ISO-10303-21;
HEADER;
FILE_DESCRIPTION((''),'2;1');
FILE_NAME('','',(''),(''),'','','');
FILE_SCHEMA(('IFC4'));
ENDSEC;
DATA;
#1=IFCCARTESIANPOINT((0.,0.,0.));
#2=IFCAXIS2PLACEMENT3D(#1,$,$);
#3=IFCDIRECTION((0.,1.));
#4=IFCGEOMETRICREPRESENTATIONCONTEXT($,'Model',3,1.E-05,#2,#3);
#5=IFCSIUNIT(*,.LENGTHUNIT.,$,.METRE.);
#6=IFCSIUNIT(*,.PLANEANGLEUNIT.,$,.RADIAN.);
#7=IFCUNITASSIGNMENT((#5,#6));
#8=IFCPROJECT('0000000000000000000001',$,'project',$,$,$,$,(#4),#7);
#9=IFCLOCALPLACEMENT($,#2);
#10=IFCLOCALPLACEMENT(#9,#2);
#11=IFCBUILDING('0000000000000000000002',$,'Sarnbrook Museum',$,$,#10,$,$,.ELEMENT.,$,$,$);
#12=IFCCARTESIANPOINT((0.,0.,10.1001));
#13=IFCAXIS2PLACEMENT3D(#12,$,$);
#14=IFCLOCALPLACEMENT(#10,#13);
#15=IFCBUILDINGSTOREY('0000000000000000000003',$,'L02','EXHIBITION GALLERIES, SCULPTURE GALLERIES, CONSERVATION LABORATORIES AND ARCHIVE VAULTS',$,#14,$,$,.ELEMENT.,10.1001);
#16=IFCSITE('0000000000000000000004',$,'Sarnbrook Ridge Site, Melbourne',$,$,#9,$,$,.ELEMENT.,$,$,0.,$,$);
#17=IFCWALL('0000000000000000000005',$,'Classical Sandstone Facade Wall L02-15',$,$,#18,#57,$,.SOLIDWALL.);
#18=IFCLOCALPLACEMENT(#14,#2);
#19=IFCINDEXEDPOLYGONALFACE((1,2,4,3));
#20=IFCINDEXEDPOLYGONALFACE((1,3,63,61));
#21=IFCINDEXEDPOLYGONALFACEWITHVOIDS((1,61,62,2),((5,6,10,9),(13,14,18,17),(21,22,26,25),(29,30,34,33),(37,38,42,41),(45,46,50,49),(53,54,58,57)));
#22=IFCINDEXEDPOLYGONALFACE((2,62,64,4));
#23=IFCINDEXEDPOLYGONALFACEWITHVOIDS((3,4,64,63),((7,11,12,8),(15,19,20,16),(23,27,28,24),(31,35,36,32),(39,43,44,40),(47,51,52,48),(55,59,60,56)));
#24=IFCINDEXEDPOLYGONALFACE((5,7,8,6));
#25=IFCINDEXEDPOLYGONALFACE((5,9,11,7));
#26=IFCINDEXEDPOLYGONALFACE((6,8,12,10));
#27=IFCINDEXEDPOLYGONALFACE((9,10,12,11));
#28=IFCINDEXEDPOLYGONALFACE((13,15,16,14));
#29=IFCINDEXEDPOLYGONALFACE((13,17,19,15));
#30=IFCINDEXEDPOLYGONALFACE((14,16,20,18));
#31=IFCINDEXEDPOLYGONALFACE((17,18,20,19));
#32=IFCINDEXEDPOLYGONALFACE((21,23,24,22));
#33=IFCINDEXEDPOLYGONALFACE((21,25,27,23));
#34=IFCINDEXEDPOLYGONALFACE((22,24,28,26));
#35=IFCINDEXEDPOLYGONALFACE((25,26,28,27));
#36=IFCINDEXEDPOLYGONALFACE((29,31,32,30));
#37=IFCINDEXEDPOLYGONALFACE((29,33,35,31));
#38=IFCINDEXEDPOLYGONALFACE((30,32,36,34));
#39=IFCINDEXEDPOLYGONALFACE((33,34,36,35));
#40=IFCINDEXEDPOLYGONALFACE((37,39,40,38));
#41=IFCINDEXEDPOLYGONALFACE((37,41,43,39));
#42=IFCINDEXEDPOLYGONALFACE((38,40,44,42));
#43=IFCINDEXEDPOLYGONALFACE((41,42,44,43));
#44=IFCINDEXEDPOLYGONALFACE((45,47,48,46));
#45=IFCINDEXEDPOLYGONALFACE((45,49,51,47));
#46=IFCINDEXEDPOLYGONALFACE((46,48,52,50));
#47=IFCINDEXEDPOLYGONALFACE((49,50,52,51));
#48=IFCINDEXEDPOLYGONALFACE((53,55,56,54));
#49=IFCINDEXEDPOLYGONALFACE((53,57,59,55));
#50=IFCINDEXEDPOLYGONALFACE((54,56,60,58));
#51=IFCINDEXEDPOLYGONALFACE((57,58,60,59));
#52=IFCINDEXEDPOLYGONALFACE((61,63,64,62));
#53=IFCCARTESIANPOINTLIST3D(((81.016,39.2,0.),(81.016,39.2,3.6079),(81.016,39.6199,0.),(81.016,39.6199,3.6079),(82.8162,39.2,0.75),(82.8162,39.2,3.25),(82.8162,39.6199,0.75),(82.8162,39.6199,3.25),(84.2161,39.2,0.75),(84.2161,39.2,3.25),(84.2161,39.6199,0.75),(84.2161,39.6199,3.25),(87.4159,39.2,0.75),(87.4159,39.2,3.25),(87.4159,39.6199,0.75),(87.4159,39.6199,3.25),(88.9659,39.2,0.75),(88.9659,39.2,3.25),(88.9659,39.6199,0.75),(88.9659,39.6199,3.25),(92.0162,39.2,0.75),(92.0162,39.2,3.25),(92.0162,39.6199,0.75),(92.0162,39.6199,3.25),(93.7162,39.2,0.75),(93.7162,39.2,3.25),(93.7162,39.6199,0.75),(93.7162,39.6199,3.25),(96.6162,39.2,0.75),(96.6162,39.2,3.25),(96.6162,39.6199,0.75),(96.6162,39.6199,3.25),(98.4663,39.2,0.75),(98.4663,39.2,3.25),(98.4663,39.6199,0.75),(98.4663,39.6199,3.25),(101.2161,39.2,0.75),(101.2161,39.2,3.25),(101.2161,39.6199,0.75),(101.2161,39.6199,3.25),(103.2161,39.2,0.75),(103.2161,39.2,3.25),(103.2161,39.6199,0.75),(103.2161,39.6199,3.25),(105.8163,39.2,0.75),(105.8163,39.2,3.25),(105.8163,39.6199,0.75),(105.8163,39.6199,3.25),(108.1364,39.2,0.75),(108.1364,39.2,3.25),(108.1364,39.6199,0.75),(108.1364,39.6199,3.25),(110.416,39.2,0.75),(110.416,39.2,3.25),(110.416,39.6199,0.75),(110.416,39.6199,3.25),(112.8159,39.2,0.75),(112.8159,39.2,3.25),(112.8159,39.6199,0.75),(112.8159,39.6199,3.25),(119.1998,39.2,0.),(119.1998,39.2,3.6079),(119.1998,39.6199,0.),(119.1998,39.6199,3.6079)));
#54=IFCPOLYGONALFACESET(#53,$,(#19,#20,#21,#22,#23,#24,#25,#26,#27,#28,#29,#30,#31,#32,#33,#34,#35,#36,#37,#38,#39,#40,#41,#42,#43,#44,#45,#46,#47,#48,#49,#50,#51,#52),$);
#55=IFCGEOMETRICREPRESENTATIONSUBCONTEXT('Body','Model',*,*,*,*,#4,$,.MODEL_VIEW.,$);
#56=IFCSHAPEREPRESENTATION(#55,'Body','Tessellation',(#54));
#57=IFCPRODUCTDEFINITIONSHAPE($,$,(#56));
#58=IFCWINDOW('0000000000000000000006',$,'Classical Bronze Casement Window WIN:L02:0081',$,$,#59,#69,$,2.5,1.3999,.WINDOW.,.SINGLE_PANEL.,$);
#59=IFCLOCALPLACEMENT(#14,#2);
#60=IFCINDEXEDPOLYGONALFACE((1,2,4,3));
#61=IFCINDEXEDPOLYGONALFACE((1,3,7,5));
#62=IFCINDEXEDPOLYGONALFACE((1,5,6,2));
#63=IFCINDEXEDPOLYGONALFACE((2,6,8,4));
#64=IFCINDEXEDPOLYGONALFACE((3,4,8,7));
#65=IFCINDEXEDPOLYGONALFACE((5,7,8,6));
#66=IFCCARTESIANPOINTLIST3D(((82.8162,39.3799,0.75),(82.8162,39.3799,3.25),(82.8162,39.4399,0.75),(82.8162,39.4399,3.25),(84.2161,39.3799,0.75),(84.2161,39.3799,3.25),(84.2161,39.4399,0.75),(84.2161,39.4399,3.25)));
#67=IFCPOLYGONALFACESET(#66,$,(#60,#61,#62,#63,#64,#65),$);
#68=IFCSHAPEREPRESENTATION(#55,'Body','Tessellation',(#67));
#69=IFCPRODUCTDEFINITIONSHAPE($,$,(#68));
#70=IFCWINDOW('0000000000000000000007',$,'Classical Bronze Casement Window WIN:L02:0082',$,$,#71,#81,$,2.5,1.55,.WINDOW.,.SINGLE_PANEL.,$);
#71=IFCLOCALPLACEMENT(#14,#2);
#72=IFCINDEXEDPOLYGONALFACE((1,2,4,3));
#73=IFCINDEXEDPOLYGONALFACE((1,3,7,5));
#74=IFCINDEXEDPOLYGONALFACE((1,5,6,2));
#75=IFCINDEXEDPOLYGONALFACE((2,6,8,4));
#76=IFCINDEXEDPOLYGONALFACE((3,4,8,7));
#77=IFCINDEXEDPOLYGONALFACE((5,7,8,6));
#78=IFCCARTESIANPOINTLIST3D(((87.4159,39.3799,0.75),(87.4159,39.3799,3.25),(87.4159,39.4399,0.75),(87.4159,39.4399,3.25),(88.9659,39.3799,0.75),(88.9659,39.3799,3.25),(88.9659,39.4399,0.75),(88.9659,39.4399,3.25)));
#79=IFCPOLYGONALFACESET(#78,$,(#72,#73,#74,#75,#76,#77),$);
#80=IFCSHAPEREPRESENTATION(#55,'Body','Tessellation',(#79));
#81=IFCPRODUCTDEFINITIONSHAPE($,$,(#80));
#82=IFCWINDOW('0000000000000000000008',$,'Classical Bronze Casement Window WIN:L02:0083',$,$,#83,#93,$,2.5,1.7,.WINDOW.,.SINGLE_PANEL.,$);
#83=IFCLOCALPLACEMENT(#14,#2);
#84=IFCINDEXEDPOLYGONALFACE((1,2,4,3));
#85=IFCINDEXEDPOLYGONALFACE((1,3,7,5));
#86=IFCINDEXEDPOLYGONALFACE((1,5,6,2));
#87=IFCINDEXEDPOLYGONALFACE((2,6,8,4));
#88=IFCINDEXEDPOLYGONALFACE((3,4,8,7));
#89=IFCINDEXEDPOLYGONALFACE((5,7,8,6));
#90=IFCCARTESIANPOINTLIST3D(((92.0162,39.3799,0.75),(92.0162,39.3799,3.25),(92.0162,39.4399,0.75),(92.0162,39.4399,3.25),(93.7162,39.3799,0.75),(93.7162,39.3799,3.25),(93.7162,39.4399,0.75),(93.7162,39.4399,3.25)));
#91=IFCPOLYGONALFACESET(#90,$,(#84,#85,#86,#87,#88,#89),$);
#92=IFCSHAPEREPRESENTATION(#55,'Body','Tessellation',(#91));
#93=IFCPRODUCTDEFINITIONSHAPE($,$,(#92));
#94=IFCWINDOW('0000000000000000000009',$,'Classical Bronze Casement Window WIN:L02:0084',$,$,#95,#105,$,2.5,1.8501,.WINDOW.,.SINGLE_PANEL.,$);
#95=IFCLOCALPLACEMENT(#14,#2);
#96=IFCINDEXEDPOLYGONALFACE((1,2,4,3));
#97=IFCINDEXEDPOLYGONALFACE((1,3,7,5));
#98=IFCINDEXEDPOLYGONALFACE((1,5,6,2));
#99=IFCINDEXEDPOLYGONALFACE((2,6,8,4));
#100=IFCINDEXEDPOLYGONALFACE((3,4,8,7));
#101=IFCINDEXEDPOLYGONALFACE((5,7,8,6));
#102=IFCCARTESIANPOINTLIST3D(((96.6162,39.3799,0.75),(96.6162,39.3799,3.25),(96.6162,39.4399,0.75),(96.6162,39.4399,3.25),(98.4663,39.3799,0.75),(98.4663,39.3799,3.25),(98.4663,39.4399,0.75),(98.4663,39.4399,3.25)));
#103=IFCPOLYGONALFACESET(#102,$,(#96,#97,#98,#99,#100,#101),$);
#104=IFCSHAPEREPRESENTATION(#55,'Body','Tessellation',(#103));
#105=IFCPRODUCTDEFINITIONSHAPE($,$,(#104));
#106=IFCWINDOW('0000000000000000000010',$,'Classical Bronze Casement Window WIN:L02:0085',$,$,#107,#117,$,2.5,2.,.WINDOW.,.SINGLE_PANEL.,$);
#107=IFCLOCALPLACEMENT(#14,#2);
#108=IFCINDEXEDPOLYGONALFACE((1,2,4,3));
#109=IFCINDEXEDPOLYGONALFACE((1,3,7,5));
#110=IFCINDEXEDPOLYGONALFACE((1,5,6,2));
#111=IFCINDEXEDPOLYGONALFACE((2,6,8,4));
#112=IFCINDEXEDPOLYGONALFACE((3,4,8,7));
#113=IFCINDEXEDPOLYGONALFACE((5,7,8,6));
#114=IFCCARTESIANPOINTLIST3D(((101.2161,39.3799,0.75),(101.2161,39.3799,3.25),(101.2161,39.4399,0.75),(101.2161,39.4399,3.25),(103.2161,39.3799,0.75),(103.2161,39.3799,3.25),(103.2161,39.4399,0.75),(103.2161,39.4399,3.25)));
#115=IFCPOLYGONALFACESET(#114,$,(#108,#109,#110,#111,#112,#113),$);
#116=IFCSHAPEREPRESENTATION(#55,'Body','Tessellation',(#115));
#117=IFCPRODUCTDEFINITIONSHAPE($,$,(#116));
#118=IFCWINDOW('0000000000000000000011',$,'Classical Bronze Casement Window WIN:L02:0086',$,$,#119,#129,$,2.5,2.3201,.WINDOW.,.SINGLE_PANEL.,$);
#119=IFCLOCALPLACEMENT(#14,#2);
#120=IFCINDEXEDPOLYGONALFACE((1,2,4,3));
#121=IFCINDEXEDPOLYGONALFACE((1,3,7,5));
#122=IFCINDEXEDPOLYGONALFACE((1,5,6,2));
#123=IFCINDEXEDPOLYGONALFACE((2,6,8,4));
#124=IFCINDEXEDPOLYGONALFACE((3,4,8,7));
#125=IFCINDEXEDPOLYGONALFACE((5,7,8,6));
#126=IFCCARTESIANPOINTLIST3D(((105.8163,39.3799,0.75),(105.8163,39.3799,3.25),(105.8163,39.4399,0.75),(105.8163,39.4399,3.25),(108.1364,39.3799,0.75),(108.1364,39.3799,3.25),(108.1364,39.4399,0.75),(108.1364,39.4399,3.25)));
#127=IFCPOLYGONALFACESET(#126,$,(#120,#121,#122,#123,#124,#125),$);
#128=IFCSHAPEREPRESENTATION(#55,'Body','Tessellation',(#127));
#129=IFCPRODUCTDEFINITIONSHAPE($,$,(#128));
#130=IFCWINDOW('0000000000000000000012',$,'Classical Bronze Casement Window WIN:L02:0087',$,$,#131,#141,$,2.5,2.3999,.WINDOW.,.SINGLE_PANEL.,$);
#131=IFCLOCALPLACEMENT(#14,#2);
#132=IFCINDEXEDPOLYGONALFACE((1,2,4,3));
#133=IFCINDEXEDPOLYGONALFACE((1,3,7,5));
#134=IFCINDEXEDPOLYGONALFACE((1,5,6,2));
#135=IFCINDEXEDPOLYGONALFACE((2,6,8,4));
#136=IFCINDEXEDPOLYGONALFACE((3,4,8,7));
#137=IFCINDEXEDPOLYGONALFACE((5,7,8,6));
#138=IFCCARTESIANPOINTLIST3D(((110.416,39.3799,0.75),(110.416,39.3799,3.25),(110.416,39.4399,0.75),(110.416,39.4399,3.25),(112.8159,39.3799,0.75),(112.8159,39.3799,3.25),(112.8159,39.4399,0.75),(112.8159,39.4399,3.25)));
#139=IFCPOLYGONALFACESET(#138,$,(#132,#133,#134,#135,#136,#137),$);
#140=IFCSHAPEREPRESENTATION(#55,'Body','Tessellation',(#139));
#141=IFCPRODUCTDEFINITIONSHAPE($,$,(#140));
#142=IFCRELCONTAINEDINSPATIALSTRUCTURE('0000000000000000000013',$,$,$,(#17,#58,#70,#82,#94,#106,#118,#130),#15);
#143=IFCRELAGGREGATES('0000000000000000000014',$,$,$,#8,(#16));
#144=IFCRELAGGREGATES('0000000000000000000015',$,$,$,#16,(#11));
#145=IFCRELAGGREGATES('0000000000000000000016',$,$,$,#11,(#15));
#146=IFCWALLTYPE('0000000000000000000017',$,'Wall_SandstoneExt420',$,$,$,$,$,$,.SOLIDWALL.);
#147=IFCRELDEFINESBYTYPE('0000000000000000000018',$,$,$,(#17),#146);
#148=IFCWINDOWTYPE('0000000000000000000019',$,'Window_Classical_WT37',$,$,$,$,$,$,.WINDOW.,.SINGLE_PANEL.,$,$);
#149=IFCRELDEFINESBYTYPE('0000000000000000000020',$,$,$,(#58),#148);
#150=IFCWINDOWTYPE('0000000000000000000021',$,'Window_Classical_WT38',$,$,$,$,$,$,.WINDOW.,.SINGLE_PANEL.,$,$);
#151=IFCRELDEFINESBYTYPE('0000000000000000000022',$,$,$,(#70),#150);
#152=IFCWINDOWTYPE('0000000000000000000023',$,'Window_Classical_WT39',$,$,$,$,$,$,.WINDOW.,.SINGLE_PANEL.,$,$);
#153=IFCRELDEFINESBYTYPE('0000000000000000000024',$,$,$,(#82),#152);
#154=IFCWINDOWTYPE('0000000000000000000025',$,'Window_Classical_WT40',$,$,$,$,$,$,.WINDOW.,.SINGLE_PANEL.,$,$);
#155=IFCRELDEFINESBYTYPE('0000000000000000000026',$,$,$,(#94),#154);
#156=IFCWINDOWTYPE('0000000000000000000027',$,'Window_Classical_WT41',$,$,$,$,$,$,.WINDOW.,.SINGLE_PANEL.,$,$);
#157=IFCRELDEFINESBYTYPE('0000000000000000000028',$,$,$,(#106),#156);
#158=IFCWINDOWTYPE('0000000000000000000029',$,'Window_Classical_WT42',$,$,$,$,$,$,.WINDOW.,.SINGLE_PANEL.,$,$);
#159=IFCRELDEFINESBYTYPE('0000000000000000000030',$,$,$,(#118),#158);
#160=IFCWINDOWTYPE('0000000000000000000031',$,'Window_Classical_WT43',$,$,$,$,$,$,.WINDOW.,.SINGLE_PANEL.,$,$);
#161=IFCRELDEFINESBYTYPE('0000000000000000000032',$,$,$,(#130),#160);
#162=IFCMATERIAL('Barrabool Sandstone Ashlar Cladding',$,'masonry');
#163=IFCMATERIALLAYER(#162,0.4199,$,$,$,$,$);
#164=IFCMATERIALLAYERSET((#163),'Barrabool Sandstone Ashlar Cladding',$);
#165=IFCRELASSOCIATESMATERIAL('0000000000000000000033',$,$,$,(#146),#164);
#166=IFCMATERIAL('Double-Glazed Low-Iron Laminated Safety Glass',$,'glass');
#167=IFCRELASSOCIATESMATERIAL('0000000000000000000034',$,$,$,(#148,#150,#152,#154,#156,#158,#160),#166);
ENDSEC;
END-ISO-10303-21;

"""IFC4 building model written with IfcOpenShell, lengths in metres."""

from ifc_helpers import new_model, si_unit, direction, frame, frame_2d, origin, place, context, subcontext, project, spatial, rectangle, extrude, material, layer, layer_set, type_object, element, fill, save


model = new_model("IFC4")

# Units and contexts
model_context = context("Model", 3, precision=1e-05, world=origin(), true_north=direction((0.0, 1.0)))
body_context = subcontext(model_context, "Body", "Model", "MODEL_VIEW")
ifc_project = project(units=[si_unit("LENGTHUNIT", "METRE"), si_unit("PLANEANGLEUNIT", "RADIAN")], contexts=[model_context])

# Site, building, storey
site_placement = place(None, origin())
site = spatial("IfcSite", under=ifc_project, at=site_placement, Name="Sarnbrook Ridge Site, Melbourne", CompositionType="ELEMENT", RefElevation=0.0)
building_placement = place(site_placement, origin())
building = spatial("IfcBuilding", under=site, at=building_placement, Name="Sarnbrook Museum", CompositionType="ELEMENT")
storey_placement = place(building_placement, frame((0.0, 0.0, 10.1001)))
storey = spatial("IfcBuildingStorey", under=building, at=storey_placement, Name="L02", Description="EXHIBITION GALLERIES, SCULPTURE GALLERIES, CONSERVATION LABORATORIES AND ARCHIVE VAULTS", CompositionType="ELEMENT", Elevation=10.1001)

# Shared definitions
ifc_material_1 = material(Name="Double-Glazed Low-Iron Laminated Safety Glass", Category="glass")

# Wall, openings, windows
ifc_material_2 = material(Name="Barrabool Sandstone Ashlar Cladding", Category="masonry")
ifc_layer_1 = layer(ifc_material_2, 0.4199)
ifc_layer_set_1 = layer_set([ifc_layer_1], Name="Barrabool Sandstone Ashlar Cladding")
wall_type_1 = type_object("IfcWallType", Name="Wall_SandstoneExt420", PredefinedType="SOLIDWALL", material=ifc_layer_set_1)
wall_1_placement = place(storey_placement, frame((81.0161, 39.4099, 0.0), z_axis=(0.0, 0.0, 1.0), x_axis=(1.0, 0.0, 0.0)))
wall_1 = element("IfcWall", 1, at=wall_1_placement, inside=storey, type_object=wall_type_1, Name="Classical Sandstone Facade Wall L02-15", PredefinedType="SOLIDWALL", context=body_context, shape_type="SweptSolid", body=[
    extrude(rectangle(XDim=38.1838, YDim=0.4199, at=frame_2d((19.0918, 0.0))), origin(), (0.0, 0.0, 1.0), 3.6079),
])
opening_1_placement = place(wall_1_placement, frame((1.8, 0.0, 0.75)))
opening_1 = element("IfcOpeningElement", 2, at=opening_1_placement, cuts=wall_1, PredefinedType="OPENING", context=body_context, shape_type="SweptSolid", body=[
    extrude(rectangle(XDim=1.3999, YDim=2.5, at=frame_2d((0.7, 1.25))), frame((0.0, 0.22, 0.0), z_axis=(0.0, -1.0, 0.0), x_axis=(1.0, 0.0, 0.0)), (0.0, 0.0, 1.0), 0.4399),
])
opening_2_placement = place(wall_1_placement, frame((6.3999, 0.0, 0.75)))
opening_2 = element("IfcOpeningElement", 3, at=opening_2_placement, cuts=wall_1, PredefinedType="OPENING", context=body_context, shape_type="SweptSolid", body=[
    extrude(rectangle(XDim=1.55, YDim=2.5, at=frame_2d((0.7749, 1.25))), frame((0.0, 0.22, 0.0), z_axis=(0.0, -1.0, 0.0), x_axis=(1.0, 0.0, 0.0)), (0.0, 0.0, 1.0), 0.4399),
])
opening_3_placement = place(wall_1_placement, frame((11.0, 0.0, 0.75)))
opening_3 = element("IfcOpeningElement", 4, at=opening_3_placement, cuts=wall_1, PredefinedType="OPENING", context=body_context, shape_type="SweptSolid", body=[
    extrude(rectangle(XDim=1.7, YDim=2.5, at=frame_2d((0.8501, 1.25))), frame((0.0, 0.22, 0.0), z_axis=(0.0, -1.0, 0.0), x_axis=(1.0, 0.0, 0.0)), (0.0, 0.0, 1.0), 0.4399),
])
opening_4_placement = place(wall_1_placement, frame((15.6001, 0.0, 0.75)))
opening_4 = element("IfcOpeningElement", 5, at=opening_4_placement, cuts=wall_1, PredefinedType="OPENING", context=body_context, shape_type="SweptSolid", body=[
    extrude(rectangle(XDim=1.8501, YDim=2.5, at=frame_2d((0.925, 1.25))), frame((0.0, 0.22, 0.0), z_axis=(0.0, -1.0, 0.0), x_axis=(1.0, 0.0, 0.0)), (0.0, 0.0, 1.0), 0.4399),
])
opening_5_placement = place(wall_1_placement, frame((20.2, 0.0, 0.75)))
opening_5 = element("IfcOpeningElement", 6, at=opening_5_placement, cuts=wall_1, PredefinedType="OPENING", context=body_context, shape_type="SweptSolid", body=[
    extrude(rectangle(XDim=2.0, YDim=2.5, at=frame_2d((1.0, 1.25))), frame((0.0, 0.22, 0.0), z_axis=(0.0, -1.0, 0.0), x_axis=(1.0, 0.0, 0.0)), (0.0, 0.0, 1.0), 0.4399),
])
opening_6_placement = place(wall_1_placement, frame((24.8, 0.0, 0.75)))
opening_6 = element("IfcOpeningElement", 7, at=opening_6_placement, cuts=wall_1, PredefinedType="OPENING", context=body_context, shape_type="SweptSolid", body=[
    extrude(rectangle(XDim=2.3201, YDim=2.5, at=frame_2d((1.1602, 1.25))), frame((0.0, 0.22, 0.0), z_axis=(0.0, -1.0, 0.0), x_axis=(1.0, 0.0, 0.0)), (0.0, 0.0, 1.0), 0.4399),
])
opening_7_placement = place(wall_1_placement, frame((29.3999, 0.0, 0.75)))
opening_7 = element("IfcOpeningElement", 8, at=opening_7_placement, cuts=wall_1, PredefinedType="OPENING", context=body_context, shape_type="SweptSolid", body=[
    extrude(rectangle(XDim=2.3999, YDim=2.5, at=frame_2d((1.2, 1.25))), frame((0.0, 0.22, 0.0), z_axis=(0.0, -1.0, 0.0), x_axis=(1.0, 0.0, 0.0)), (0.0, 0.0, 1.0), 0.4399),
])
window_type_1 = type_object("IfcWindowType", Name="Window_Classical_WT37", PartitioningType="SINGLE_PANEL", PredefinedType="WINDOW", material=ifc_material_1)
window_1_placement = place(opening_1_placement, origin())
window_1 = element("IfcWindow", 9, at=window_1_placement, inside=storey, type_object=window_type_1, Name="Classical Bronze Casement Window WIN:L02:0081", OverallHeight=2.5, OverallWidth=1.3999, PartitioningType="SINGLE_PANEL", PredefinedType="WINDOW", context=body_context, shape_type="SweptSolid", body=[
    extrude(rectangle(XDim=1.3999, YDim=2.5, at=frame_2d((0.7, 1.25))), frame((0.0, 0.03, 0.0), z_axis=(0.0, -1.0, 0.0), x_axis=(1.0, 0.0, 0.0)), (0.0, 0.0, 1.0), 0.0601),
])
fill(opening_1, window_1)
window_type_2 = type_object("IfcWindowType", Name="Window_Classical_WT38", PartitioningType="SINGLE_PANEL", PredefinedType="WINDOW", material=ifc_material_1)
window_2_placement = place(opening_2_placement, origin())
window_2 = element("IfcWindow", 10, at=window_2_placement, inside=storey, type_object=window_type_2, Name="Classical Bronze Casement Window WIN:L02:0082", OverallHeight=2.5, OverallWidth=1.55, PartitioningType="SINGLE_PANEL", PredefinedType="WINDOW", context=body_context, shape_type="SweptSolid", body=[
    extrude(rectangle(XDim=1.55, YDim=2.5, at=frame_2d((0.7749, 1.25))), frame((0.0, 0.03, 0.0), z_axis=(0.0, -1.0, 0.0), x_axis=(1.0, 0.0, 0.0)), (0.0, 0.0, 1.0), 0.0601),
])
fill(opening_2, window_2)
window_type_3 = type_object("IfcWindowType", Name="Window_Classical_WT39", PartitioningType="SINGLE_PANEL", PredefinedType="WINDOW", material=ifc_material_1)
window_3_placement = place(opening_3_placement, origin())
window_3 = element("IfcWindow", 11, at=window_3_placement, inside=storey, type_object=window_type_3, Name="Classical Bronze Casement Window WIN:L02:0083", OverallHeight=2.5, OverallWidth=1.7, PartitioningType="SINGLE_PANEL", PredefinedType="WINDOW", context=body_context, shape_type="SweptSolid", body=[
    extrude(rectangle(XDim=1.7, YDim=2.5, at=frame_2d((0.8501, 1.25))), frame((0.0, 0.03, 0.0), z_axis=(0.0, -1.0, 0.0), x_axis=(1.0, 0.0, 0.0)), (0.0, 0.0, 1.0), 0.0601),
])
fill(opening_3, window_3)
window_type_4 = type_object("IfcWindowType", Name="Window_Classical_WT40", PartitioningType="SINGLE_PANEL", PredefinedType="WINDOW", material=ifc_material_1)
window_4_placement = place(opening_4_placement, origin())
window_4 = element("IfcWindow", 12, at=window_4_placement, inside=storey, type_object=window_type_4, Name="Classical Bronze Casement Window WIN:L02:0084", OverallHeight=2.5, OverallWidth=1.8501, PartitioningType="SINGLE_PANEL", PredefinedType="WINDOW", context=body_context, shape_type="SweptSolid", body=[
    extrude(rectangle(XDim=1.8501, YDim=2.5, at=frame_2d((0.925, 1.25))), frame((0.0, 0.03, 0.0), z_axis=(0.0, -1.0, 0.0), x_axis=(1.0, 0.0, 0.0)), (0.0, 0.0, 1.0), 0.0601),
])
fill(opening_4, window_4)
window_type_5 = type_object("IfcWindowType", Name="Window_Classical_WT41", PartitioningType="SINGLE_PANEL", PredefinedType="WINDOW", material=ifc_material_1)
window_5_placement = place(opening_5_placement, origin())
window_5 = element("IfcWindow", 13, at=window_5_placement, inside=storey, type_object=window_type_5, Name="Classical Bronze Casement Window WIN:L02:0085", OverallHeight=2.5, OverallWidth=2.0, PartitioningType="SINGLE_PANEL", PredefinedType="WINDOW", context=body_context, shape_type="SweptSolid", body=[
    extrude(rectangle(XDim=2.0, YDim=2.5, at=frame_2d((1.0, 1.25))), frame((0.0, 0.03, 0.0), z_axis=(0.0, -1.0, 0.0), x_axis=(1.0, 0.0, 0.0)), (0.0, 0.0, 1.0), 0.0601),
])
fill(opening_5, window_5)
window_type_6 = type_object("IfcWindowType", Name="Window_Classical_WT42", PartitioningType="SINGLE_PANEL", PredefinedType="WINDOW", material=ifc_material_1)
window_6_placement = place(opening_6_placement, origin())
window_6 = element("IfcWindow", 14, at=window_6_placement, inside=storey, type_object=window_type_6, Name="Classical Bronze Casement Window WIN:L02:0086", OverallHeight=2.5, OverallWidth=2.3201, PartitioningType="SINGLE_PANEL", PredefinedType="WINDOW", context=body_context, shape_type="SweptSolid", body=[
    extrude(rectangle(XDim=2.3201, YDim=2.5, at=frame_2d((1.1602, 1.25))), frame((0.0, 0.03, 0.0), z_axis=(0.0, -1.0, 0.0), x_axis=(1.0, 0.0, 0.0)), (0.0, 0.0, 1.0), 0.0601),
])
fill(opening_6, window_6)
window_type_7 = type_object("IfcWindowType", Name="Window_Classical_WT43", PartitioningType="SINGLE_PANEL", PredefinedType="WINDOW", material=ifc_material_1)
window_7_placement = place(opening_7_placement, origin())
window_7 = element("IfcWindow", 15, at=window_7_placement, inside=storey, type_object=window_type_7, Name="Classical Bronze Casement Window WIN:L02:0087", OverallHeight=2.5, OverallWidth=2.3999, PartitioningType="SINGLE_PANEL", PredefinedType="WINDOW", context=body_context, shape_type="SweptSolid", body=[
    extrude(rectangle(XDim=2.3999, YDim=2.5, at=frame_2d((1.2, 1.25))), frame((0.0, 0.03, 0.0), z_axis=(0.0, -1.0, 0.0), x_axis=(1.0, 0.0, 0.0)), (0.0, 0.0, 1.0), 0.0601),
])
fill(opening_7, window_7)

save(model, "model.ifc")
